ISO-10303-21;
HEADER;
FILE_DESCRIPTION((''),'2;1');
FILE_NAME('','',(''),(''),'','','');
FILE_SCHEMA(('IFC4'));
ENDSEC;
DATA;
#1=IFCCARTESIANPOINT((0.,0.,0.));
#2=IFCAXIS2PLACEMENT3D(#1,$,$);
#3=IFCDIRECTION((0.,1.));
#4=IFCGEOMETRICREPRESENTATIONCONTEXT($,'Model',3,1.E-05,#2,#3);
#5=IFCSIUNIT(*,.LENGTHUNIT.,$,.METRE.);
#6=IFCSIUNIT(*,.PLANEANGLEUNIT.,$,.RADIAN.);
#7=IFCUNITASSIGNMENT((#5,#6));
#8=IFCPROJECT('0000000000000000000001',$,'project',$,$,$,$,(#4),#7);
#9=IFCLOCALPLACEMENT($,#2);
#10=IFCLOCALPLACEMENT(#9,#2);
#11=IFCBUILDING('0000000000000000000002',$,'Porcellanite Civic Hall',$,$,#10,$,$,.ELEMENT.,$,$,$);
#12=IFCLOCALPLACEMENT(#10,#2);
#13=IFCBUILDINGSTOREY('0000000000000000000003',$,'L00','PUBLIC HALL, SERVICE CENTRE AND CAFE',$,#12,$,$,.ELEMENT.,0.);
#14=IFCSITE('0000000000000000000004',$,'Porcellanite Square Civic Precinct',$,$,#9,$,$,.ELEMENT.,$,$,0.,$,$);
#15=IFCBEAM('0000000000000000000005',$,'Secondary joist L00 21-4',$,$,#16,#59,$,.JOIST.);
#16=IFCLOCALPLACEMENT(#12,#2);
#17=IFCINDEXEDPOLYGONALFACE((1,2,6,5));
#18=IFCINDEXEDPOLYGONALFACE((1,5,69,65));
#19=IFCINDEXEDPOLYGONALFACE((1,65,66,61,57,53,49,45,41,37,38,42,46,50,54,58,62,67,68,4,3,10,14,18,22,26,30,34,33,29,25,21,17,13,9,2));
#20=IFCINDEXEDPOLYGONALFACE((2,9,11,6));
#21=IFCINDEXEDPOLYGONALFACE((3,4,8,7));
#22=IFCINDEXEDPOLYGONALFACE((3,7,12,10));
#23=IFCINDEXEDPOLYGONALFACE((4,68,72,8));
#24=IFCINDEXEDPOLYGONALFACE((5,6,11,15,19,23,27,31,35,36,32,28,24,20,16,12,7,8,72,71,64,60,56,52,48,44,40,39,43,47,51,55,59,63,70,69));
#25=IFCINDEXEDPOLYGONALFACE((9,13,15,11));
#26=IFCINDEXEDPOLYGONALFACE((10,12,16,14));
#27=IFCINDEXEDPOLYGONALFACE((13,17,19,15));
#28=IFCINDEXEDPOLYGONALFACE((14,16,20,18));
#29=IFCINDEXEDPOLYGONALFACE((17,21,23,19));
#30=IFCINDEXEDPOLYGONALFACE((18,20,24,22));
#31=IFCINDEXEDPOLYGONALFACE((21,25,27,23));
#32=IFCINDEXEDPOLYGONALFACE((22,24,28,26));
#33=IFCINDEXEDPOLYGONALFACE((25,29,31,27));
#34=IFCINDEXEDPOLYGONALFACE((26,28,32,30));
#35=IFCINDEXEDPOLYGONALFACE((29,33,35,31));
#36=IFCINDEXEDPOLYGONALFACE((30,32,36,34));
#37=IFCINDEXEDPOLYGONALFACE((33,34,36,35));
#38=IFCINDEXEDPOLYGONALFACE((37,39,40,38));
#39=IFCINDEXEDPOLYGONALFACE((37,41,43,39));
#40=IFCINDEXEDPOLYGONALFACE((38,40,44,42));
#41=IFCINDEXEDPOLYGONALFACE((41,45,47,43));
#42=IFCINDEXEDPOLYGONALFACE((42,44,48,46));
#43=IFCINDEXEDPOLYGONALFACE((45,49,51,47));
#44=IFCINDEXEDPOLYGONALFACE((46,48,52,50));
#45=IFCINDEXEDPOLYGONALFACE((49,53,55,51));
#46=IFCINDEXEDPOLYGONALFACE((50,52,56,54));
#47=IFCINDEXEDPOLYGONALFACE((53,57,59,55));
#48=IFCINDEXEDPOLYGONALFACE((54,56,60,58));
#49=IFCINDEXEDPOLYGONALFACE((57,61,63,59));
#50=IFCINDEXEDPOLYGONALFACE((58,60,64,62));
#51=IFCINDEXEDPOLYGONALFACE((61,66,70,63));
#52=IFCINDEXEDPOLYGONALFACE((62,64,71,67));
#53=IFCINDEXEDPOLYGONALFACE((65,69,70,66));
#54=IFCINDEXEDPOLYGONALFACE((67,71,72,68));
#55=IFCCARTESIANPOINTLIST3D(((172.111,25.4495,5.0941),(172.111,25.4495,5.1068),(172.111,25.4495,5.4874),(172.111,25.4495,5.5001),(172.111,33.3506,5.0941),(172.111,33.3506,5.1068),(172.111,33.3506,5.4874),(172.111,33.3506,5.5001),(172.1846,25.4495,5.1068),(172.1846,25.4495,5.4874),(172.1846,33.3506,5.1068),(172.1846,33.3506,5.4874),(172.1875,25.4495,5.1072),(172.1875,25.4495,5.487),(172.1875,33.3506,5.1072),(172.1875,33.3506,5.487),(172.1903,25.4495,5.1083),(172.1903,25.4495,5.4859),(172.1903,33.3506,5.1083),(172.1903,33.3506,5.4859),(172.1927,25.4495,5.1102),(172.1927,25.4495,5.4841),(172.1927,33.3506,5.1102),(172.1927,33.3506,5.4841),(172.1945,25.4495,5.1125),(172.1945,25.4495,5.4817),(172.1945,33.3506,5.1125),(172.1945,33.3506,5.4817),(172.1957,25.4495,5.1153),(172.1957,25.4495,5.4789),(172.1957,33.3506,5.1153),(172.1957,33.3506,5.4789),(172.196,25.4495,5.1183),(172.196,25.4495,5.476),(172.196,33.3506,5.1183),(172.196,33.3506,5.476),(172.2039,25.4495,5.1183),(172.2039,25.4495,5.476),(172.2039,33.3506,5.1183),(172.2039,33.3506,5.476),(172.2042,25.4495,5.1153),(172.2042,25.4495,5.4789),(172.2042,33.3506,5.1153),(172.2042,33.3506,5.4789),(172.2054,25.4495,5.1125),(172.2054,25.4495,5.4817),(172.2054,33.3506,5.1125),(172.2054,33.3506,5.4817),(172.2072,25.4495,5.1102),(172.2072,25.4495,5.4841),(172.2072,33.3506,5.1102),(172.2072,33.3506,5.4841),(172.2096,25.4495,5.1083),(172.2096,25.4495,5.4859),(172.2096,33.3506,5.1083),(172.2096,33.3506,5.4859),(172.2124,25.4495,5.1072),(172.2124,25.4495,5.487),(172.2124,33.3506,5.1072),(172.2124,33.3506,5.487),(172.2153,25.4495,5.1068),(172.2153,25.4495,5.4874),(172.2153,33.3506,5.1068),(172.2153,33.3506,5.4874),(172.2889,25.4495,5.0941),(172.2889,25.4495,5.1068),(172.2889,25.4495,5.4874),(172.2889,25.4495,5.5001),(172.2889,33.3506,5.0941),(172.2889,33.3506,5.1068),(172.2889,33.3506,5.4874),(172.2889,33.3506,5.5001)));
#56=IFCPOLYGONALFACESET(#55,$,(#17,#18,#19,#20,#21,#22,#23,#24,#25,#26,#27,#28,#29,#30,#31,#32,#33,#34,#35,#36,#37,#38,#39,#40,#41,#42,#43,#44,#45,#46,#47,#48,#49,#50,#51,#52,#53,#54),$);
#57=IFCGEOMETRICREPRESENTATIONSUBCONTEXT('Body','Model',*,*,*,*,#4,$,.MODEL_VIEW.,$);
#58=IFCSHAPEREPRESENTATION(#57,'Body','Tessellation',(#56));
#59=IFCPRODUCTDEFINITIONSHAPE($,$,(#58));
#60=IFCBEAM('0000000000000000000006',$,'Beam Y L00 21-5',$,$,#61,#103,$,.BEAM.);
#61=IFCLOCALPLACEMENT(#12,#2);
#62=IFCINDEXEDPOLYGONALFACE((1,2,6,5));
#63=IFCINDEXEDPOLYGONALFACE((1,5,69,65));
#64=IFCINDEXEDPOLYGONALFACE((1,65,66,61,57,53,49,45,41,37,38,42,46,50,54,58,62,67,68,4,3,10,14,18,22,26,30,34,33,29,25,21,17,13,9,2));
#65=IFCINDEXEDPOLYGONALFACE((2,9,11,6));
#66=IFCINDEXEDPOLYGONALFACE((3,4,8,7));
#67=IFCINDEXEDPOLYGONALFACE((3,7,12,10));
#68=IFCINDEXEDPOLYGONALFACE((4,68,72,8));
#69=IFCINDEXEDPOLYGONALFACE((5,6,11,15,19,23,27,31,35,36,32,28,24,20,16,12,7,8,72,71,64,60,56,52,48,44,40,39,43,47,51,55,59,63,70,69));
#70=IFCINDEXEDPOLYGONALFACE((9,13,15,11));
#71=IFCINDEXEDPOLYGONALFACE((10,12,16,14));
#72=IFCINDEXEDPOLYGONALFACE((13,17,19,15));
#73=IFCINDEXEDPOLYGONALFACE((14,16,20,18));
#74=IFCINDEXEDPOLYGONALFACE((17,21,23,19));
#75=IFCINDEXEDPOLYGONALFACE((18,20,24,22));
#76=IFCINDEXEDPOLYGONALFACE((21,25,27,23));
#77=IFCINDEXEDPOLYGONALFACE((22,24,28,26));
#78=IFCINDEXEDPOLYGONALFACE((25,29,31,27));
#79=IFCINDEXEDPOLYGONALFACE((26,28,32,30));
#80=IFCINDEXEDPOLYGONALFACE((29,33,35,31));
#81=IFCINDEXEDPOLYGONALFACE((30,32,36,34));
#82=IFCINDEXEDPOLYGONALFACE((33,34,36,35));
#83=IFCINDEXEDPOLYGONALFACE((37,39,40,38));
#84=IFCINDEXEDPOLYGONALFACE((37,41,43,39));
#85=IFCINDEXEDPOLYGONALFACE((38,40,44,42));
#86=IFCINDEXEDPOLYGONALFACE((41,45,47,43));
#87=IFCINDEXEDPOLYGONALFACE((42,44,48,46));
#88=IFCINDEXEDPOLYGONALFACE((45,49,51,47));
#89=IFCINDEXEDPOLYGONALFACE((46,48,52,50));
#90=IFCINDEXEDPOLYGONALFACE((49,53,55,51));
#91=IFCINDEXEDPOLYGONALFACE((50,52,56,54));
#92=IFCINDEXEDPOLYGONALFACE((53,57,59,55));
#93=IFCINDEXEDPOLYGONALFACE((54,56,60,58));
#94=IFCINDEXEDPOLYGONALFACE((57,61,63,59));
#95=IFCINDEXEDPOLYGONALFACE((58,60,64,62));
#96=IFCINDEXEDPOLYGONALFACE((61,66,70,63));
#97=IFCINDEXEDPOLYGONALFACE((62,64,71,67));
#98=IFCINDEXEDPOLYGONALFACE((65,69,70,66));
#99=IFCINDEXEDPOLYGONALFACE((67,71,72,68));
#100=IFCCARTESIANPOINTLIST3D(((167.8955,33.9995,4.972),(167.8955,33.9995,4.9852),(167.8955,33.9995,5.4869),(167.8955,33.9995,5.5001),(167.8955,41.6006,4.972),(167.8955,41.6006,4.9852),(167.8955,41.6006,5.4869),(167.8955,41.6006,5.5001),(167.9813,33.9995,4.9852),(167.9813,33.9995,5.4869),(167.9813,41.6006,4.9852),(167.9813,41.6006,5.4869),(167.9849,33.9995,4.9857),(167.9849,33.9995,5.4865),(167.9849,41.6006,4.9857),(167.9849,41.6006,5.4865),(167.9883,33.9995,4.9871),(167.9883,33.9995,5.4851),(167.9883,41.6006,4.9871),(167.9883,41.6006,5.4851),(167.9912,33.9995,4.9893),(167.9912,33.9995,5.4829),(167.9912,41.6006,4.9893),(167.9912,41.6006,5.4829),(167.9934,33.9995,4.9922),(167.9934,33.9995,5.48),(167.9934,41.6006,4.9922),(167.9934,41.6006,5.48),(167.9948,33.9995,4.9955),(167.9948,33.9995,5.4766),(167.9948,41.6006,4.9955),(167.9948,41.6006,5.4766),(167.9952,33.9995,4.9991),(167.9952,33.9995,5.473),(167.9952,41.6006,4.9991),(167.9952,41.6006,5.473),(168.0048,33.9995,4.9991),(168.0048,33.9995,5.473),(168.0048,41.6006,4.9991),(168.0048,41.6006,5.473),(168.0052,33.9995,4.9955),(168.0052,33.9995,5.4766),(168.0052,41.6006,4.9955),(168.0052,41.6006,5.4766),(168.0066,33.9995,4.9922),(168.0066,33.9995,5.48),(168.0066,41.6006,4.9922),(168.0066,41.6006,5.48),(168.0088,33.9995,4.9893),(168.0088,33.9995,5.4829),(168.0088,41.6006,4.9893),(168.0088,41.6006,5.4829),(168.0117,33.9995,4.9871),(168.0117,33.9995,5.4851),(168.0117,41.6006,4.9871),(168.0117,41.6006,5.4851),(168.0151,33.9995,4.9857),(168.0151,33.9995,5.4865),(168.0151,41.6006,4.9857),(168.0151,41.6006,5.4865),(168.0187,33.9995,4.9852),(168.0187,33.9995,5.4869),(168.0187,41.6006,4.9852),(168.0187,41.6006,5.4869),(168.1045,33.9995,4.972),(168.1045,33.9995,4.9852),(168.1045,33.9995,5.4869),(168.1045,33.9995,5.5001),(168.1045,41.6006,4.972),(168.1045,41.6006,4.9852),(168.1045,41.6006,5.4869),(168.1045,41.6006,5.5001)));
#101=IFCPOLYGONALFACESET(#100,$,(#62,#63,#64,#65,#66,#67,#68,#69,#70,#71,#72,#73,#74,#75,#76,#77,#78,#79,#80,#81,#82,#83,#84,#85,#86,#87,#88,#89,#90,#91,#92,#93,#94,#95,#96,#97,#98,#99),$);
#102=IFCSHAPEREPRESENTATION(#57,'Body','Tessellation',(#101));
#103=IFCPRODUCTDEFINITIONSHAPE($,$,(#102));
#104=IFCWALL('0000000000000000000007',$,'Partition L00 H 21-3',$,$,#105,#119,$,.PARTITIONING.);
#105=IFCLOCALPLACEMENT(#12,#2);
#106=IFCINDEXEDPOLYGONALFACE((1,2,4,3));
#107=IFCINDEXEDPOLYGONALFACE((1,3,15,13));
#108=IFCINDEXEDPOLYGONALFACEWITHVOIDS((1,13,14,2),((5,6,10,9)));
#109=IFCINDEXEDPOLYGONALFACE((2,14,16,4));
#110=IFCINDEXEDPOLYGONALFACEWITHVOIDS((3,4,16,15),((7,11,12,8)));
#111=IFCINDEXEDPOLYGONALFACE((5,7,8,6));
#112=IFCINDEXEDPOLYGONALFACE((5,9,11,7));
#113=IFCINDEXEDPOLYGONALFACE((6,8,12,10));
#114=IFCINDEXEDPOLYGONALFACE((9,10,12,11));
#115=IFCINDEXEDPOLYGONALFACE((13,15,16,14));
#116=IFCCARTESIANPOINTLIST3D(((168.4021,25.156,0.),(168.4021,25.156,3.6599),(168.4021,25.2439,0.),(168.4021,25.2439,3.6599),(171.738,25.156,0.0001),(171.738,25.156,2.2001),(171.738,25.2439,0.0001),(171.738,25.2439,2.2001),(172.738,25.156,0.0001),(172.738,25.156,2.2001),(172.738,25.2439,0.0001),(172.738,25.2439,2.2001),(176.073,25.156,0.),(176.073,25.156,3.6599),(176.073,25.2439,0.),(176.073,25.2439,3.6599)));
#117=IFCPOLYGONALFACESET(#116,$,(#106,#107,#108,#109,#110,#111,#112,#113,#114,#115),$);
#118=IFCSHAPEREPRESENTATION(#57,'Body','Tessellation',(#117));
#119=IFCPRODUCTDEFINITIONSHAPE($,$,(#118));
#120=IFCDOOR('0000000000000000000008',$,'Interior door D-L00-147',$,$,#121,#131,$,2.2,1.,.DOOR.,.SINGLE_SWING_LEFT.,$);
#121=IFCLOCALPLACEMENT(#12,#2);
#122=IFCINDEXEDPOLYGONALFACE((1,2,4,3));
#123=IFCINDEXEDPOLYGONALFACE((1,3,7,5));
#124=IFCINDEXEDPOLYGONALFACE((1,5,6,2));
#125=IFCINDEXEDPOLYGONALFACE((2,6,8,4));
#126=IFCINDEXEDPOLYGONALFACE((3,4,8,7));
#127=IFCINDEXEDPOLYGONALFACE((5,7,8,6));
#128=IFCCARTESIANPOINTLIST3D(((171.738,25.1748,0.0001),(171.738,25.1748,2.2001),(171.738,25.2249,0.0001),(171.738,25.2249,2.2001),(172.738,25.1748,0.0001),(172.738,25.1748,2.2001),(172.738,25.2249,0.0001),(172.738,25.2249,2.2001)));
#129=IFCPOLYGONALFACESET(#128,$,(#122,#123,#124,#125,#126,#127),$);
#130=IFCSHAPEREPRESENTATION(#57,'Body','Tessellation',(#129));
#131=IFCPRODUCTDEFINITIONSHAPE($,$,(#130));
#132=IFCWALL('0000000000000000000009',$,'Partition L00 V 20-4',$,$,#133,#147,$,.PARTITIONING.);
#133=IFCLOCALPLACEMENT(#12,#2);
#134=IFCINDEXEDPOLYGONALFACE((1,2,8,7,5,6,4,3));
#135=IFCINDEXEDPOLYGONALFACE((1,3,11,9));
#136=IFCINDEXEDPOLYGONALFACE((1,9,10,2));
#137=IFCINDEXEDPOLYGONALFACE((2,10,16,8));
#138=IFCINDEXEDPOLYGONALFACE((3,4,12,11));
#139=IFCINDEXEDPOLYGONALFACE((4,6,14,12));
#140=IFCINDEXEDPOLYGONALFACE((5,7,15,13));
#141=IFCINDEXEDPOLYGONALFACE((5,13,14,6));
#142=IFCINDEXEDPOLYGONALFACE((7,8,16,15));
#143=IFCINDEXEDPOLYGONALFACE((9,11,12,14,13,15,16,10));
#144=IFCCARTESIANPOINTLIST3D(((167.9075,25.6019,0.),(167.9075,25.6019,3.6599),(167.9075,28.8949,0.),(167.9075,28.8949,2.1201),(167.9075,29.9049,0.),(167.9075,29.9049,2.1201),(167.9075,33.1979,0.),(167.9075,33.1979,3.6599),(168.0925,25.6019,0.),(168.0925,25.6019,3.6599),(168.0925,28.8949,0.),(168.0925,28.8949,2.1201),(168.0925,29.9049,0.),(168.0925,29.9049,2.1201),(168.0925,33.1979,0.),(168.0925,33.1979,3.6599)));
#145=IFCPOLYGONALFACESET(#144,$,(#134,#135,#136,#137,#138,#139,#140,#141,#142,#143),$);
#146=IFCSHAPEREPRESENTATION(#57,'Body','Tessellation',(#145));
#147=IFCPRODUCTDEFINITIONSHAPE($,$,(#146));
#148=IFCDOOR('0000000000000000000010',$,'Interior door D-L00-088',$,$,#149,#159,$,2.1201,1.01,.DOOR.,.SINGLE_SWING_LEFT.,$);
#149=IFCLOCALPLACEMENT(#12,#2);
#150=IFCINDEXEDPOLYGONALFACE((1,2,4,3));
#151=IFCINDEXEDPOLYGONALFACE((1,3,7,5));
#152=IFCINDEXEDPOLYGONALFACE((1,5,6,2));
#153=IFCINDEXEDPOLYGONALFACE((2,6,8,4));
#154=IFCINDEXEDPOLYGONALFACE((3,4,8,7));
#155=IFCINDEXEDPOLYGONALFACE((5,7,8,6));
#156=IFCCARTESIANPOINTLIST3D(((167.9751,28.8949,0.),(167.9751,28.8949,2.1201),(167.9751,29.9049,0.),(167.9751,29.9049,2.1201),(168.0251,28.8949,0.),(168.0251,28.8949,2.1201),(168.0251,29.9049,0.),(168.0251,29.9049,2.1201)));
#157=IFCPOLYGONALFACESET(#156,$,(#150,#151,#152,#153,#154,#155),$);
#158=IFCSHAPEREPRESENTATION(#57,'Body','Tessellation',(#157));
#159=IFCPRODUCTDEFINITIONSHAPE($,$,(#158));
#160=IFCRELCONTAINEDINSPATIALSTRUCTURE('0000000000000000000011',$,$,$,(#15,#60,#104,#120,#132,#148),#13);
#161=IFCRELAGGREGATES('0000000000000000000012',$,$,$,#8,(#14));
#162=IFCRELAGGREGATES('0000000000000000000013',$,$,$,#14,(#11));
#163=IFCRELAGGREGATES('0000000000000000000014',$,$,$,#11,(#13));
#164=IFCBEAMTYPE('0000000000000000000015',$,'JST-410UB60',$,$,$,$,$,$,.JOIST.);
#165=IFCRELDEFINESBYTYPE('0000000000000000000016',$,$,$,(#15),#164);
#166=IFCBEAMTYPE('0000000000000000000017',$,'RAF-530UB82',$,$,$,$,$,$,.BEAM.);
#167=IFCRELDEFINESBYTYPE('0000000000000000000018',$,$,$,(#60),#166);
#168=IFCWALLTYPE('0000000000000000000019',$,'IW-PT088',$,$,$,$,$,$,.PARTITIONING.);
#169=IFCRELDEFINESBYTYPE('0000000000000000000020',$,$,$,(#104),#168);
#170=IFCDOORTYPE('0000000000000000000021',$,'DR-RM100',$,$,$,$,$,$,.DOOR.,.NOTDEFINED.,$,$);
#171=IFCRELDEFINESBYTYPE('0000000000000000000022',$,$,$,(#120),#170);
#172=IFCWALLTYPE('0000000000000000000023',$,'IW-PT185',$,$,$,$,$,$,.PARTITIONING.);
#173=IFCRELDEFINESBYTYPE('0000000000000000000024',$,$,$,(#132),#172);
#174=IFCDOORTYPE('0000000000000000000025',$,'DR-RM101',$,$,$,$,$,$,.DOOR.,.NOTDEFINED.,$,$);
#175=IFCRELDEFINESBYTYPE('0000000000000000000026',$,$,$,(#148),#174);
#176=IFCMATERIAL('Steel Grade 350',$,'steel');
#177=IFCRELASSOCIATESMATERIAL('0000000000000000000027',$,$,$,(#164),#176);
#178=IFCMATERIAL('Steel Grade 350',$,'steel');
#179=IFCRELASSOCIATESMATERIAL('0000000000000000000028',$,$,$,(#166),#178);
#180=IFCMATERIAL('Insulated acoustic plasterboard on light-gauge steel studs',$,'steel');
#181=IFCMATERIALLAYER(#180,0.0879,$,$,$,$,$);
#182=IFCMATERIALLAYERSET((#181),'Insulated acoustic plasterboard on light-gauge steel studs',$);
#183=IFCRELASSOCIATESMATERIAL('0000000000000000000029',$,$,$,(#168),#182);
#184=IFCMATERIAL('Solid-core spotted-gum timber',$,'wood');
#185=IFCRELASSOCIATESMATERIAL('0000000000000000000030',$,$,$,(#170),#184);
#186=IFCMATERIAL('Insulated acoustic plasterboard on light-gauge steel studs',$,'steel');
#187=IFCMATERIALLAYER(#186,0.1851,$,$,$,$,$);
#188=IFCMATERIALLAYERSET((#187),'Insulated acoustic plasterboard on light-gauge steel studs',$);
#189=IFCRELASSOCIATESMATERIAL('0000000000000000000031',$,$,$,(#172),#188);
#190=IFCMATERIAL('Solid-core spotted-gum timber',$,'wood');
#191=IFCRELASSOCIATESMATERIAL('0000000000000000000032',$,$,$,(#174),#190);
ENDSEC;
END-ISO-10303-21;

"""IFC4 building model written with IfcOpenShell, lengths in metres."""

from ifc_helpers import new_model, si_unit, direction, frame, frame_2d, origin, origin_2d, place, context, subcontext, project, spatial, rectangle, i_section, extrude, material, layer, layer_set, material_profile, profile_set, type_object, element, fill, save


model = new_model("IFC4")

# Units and contexts
model_context = context("Model", 3, precision=1e-05, world=origin(), true_north=direction((0.0, 1.0)))
body_context = subcontext(model_context, "Body", "Model", "MODEL_VIEW")
ifc_project = project(units=[si_unit("LENGTHUNIT", "METRE"), si_unit("PLANEANGLEUNIT", "RADIAN")], contexts=[model_context])

# Site, building, storey
site_placement = place(None, origin())
site = spatial("IfcSite", under=ifc_project, at=site_placement, Name="Porcellanite Square Civic Precinct", CompositionType="ELEMENT", RefElevation=0.0)
building_placement = place(site_placement, origin())
building = spatial("IfcBuilding", under=site, at=building_placement, Name="Porcellanite Civic Hall", CompositionType="ELEMENT")
storey_placement = place(building_placement, origin())
storey = spatial("IfcBuildingStorey", under=building, at=storey_placement, Name="L00", Description="PUBLIC HALL, SERVICE CENTRE AND CAFE", CompositionType="ELEMENT", Elevation=0.0)

# Beams
ifc_material_1 = material(Name="Steel Grade 350", Category="steel")
ifc_material_profile_1 = material_profile(ifc_material_1, i_section(OverallWidth=0.178, OverallDepth=0.406, WebThickness=0.0078, FlangeThickness=0.0127, FilletRadius=0.0115, at=origin_2d()), Name="410UB59.7")
ifc_profile_set_1 = profile_set([ifc_material_profile_1], Name="Steel Grade 350")
beam_type_1 = type_object("IfcBeamType", Name="JST-410UB60", PredefinedType="JOIST", material=ifc_profile_set_1)
beam_1_placement = place(storey_placement, frame((172.2, 25.4495, 5.2971), z_axis=(0.0, 1.0, 0.0), x_axis=(-1.0, 0.0, 0.0)))
element("IfcBeam", 1, at=beam_1_placement, inside=storey, type_object=beam_type_1, Name="Secondary joist L00 21-4", PredefinedType="JOIST", context=body_context, shape_type="SweptSolid", body=[
    extrude(i_section(OverallWidth=0.178, OverallDepth=0.406, WebThickness=0.0078, FlangeThickness=0.0127, FilletRadius=0.0115, at=origin_2d()), origin(), (0.0, 0.0, 1.0), 7.9011),
])
ifc_material_2 = material(Name="Steel Grade 350", Category="steel")
ifc_material_profile_2 = material_profile(ifc_material_2, i_section(OverallWidth=0.209, OverallDepth=0.5281, WebThickness=0.0095, FlangeThickness=0.0132, FilletRadius=0.0139, at=origin_2d()), Name="530UB82.0")
ifc_profile_set_2 = profile_set([ifc_material_profile_2], Name="Steel Grade 350")
beam_type_2 = type_object("IfcBeamType", Name="RAF-530UB82", PredefinedType="BEAM", material=ifc_profile_set_2)
beam_2_placement = place(storey_placement, frame((168.0, 33.9995, 5.2361), z_axis=(0.0, 1.0, 0.0), x_axis=(-1.0, 0.0, 0.0)))
element("IfcBeam", 2, at=beam_2_placement, inside=storey, type_object=beam_type_2, Name="Beam Y L00 21-5", PredefinedType="BEAM", context=body_context, shape_type="SweptSolid", body=[
    extrude(i_section(OverallWidth=0.209, OverallDepth=0.5281, WebThickness=0.0095, FlangeThickness=0.0132, FilletRadius=0.0139, at=origin_2d()), origin(), (0.0, 0.0, 1.0), 7.6011),
])

# Walls, openings, doors
ifc_material_3 = material(Name="Insulated acoustic plasterboard on light-gauge steel studs", Category="steel")
ifc_layer_1 = layer(ifc_material_3, 0.0879)
ifc_layer_set_1 = layer_set([ifc_layer_1], Name="Insulated acoustic plasterboard on light-gauge steel studs")
wall_type_1 = type_object("IfcWallType", Name="IW-PT088", PredefinedType="PARTITIONING", material=ifc_layer_set_1)
wall_1_placement = place(storey_placement, frame((168.4021, 25.2, 0.0), z_axis=(0.0, 0.0, 1.0), x_axis=(1.0, 0.0, 0.0)))
wall_1 = element("IfcWall", 3, at=wall_1_placement, inside=storey, type_object=wall_type_1, Name="Partition L00 H 21-3", PredefinedType="PARTITIONING", context=body_context, shape_type="SweptSolid", body=[
    extrude(rectangle(XDim=7.6709, YDim=0.0879, at=frame_2d((3.8354, 0.0))), origin(), (0.0, 0.0, 1.0), 3.6599),
])
opening_1_placement = place(wall_1_placement, frame((3.3359, 0.0, 0.0)))
opening_1 = element("IfcOpeningElement", 4, at=opening_1_placement, cuts=wall_1, PredefinedType="OPENING", context=body_context, shape_type="SweptSolid", body=[
    extrude(rectangle(XDim=1.0, YDim=2.2, at=frame_2d((0.5, 1.1001))), frame((0.0, 0.0439, 0.0), z_axis=(0.0, -1.0, 0.0), x_axis=(1.0, 0.0, 0.0)), (0.0, 0.0, 1.0), 0.0879),
])
ifc_material_4 = material(Name="Solid-core spotted-gum timber", Category="wood")
door_type_1 = type_object("IfcDoorType", Name="DR-RM100", OperationType="NOTDEFINED", PredefinedType="DOOR", material=ifc_material_4)
door_1_placement = place(opening_1_placement, origin())
door_1 = element("IfcDoor", 5, at=door_1_placement, inside=storey, type_object=door_type_1, Name="Interior door D-L00-147", OperationType="SINGLE_SWING_LEFT", OverallHeight=2.2, OverallWidth=1.0, PredefinedType="DOOR", context=body_context, shape_type="SweptSolid", body=[
    extrude(rectangle(XDim=1.0, YDim=2.2, at=frame_2d((0.5, 1.1001))), frame((0.0, 0.0249, 0.0), z_axis=(0.0, -1.0, 0.0), x_axis=(1.0, 0.0, 0.0)), (0.0, 0.0, 1.0), 0.05),
])
fill(opening_1, door_1)
ifc_material_5 = material(Name="Insulated acoustic plasterboard on light-gauge steel studs", Category="steel")
ifc_layer_2 = layer(ifc_material_5, 0.1851)
ifc_layer_set_2 = layer_set([ifc_layer_2], Name="Insulated acoustic plasterboard on light-gauge steel studs")
wall_type_2 = type_object("IfcWallType", Name="IW-PT185", PredefinedType="PARTITIONING", material=ifc_layer_set_2)
wall_2_placement = place(storey_placement, frame((168.0, 25.6021, 0.0), z_axis=(0.0, 0.0, 1.0), x_axis=(0.0, 1.0, 0.0)))
wall_2 = element("IfcWall", 6, at=wall_2_placement, inside=storey, type_object=wall_type_2, Name="Partition L00 V 20-4", PredefinedType="PARTITIONING", context=body_context, shape_type="SweptSolid", body=[
    extrude(rectangle(XDim=7.5959, YDim=0.1851, at=frame_2d((3.7979, 0.0))), origin(), (0.0, 0.0, 1.0), 3.6599),
])
opening_2_placement = place(wall_2_placement, frame((3.293, 0.0, 0.0)))
opening_2 = element("IfcOpeningElement", 7, at=opening_2_placement, cuts=wall_2, PredefinedType="OPENING", context=body_context, shape_type="SweptSolid", body=[
    extrude(rectangle(XDim=1.01, YDim=2.1201, at=frame_2d((0.5049, 1.0601))), frame((0.0, 0.0925, 0.0), z_axis=(0.0, -1.0, 0.0), x_axis=(1.0, 0.0, 0.0)), (0.0, 0.0, 1.0), 0.1851),
])
ifc_material_6 = material(Name="Solid-core spotted-gum timber", Category="wood")
door_type_2 = type_object("IfcDoorType", Name="DR-RM101", OperationType="NOTDEFINED", PredefinedType="DOOR", material=ifc_material_6)
door_2_placement = place(opening_2_placement, origin())
door_2 = element("IfcDoor", 8, at=door_2_placement, inside=storey, type_object=door_type_2, Name="Interior door D-L00-088", OperationType="SINGLE_SWING_LEFT", OverallHeight=2.1201, OverallWidth=1.01, PredefinedType="DOOR", context=body_context, shape_type="SweptSolid", body=[
    extrude(rectangle(XDim=1.01, YDim=2.1201, at=frame_2d((0.5049, 1.0601))), frame((0.0, 0.0249, 0.0), z_axis=(0.0, -1.0, 0.0), x_axis=(1.0, 0.0, 0.0)), (0.0, 0.0, 1.0), 0.05),
])
fill(opening_2, door_2)

save(model, "model.ifc")
